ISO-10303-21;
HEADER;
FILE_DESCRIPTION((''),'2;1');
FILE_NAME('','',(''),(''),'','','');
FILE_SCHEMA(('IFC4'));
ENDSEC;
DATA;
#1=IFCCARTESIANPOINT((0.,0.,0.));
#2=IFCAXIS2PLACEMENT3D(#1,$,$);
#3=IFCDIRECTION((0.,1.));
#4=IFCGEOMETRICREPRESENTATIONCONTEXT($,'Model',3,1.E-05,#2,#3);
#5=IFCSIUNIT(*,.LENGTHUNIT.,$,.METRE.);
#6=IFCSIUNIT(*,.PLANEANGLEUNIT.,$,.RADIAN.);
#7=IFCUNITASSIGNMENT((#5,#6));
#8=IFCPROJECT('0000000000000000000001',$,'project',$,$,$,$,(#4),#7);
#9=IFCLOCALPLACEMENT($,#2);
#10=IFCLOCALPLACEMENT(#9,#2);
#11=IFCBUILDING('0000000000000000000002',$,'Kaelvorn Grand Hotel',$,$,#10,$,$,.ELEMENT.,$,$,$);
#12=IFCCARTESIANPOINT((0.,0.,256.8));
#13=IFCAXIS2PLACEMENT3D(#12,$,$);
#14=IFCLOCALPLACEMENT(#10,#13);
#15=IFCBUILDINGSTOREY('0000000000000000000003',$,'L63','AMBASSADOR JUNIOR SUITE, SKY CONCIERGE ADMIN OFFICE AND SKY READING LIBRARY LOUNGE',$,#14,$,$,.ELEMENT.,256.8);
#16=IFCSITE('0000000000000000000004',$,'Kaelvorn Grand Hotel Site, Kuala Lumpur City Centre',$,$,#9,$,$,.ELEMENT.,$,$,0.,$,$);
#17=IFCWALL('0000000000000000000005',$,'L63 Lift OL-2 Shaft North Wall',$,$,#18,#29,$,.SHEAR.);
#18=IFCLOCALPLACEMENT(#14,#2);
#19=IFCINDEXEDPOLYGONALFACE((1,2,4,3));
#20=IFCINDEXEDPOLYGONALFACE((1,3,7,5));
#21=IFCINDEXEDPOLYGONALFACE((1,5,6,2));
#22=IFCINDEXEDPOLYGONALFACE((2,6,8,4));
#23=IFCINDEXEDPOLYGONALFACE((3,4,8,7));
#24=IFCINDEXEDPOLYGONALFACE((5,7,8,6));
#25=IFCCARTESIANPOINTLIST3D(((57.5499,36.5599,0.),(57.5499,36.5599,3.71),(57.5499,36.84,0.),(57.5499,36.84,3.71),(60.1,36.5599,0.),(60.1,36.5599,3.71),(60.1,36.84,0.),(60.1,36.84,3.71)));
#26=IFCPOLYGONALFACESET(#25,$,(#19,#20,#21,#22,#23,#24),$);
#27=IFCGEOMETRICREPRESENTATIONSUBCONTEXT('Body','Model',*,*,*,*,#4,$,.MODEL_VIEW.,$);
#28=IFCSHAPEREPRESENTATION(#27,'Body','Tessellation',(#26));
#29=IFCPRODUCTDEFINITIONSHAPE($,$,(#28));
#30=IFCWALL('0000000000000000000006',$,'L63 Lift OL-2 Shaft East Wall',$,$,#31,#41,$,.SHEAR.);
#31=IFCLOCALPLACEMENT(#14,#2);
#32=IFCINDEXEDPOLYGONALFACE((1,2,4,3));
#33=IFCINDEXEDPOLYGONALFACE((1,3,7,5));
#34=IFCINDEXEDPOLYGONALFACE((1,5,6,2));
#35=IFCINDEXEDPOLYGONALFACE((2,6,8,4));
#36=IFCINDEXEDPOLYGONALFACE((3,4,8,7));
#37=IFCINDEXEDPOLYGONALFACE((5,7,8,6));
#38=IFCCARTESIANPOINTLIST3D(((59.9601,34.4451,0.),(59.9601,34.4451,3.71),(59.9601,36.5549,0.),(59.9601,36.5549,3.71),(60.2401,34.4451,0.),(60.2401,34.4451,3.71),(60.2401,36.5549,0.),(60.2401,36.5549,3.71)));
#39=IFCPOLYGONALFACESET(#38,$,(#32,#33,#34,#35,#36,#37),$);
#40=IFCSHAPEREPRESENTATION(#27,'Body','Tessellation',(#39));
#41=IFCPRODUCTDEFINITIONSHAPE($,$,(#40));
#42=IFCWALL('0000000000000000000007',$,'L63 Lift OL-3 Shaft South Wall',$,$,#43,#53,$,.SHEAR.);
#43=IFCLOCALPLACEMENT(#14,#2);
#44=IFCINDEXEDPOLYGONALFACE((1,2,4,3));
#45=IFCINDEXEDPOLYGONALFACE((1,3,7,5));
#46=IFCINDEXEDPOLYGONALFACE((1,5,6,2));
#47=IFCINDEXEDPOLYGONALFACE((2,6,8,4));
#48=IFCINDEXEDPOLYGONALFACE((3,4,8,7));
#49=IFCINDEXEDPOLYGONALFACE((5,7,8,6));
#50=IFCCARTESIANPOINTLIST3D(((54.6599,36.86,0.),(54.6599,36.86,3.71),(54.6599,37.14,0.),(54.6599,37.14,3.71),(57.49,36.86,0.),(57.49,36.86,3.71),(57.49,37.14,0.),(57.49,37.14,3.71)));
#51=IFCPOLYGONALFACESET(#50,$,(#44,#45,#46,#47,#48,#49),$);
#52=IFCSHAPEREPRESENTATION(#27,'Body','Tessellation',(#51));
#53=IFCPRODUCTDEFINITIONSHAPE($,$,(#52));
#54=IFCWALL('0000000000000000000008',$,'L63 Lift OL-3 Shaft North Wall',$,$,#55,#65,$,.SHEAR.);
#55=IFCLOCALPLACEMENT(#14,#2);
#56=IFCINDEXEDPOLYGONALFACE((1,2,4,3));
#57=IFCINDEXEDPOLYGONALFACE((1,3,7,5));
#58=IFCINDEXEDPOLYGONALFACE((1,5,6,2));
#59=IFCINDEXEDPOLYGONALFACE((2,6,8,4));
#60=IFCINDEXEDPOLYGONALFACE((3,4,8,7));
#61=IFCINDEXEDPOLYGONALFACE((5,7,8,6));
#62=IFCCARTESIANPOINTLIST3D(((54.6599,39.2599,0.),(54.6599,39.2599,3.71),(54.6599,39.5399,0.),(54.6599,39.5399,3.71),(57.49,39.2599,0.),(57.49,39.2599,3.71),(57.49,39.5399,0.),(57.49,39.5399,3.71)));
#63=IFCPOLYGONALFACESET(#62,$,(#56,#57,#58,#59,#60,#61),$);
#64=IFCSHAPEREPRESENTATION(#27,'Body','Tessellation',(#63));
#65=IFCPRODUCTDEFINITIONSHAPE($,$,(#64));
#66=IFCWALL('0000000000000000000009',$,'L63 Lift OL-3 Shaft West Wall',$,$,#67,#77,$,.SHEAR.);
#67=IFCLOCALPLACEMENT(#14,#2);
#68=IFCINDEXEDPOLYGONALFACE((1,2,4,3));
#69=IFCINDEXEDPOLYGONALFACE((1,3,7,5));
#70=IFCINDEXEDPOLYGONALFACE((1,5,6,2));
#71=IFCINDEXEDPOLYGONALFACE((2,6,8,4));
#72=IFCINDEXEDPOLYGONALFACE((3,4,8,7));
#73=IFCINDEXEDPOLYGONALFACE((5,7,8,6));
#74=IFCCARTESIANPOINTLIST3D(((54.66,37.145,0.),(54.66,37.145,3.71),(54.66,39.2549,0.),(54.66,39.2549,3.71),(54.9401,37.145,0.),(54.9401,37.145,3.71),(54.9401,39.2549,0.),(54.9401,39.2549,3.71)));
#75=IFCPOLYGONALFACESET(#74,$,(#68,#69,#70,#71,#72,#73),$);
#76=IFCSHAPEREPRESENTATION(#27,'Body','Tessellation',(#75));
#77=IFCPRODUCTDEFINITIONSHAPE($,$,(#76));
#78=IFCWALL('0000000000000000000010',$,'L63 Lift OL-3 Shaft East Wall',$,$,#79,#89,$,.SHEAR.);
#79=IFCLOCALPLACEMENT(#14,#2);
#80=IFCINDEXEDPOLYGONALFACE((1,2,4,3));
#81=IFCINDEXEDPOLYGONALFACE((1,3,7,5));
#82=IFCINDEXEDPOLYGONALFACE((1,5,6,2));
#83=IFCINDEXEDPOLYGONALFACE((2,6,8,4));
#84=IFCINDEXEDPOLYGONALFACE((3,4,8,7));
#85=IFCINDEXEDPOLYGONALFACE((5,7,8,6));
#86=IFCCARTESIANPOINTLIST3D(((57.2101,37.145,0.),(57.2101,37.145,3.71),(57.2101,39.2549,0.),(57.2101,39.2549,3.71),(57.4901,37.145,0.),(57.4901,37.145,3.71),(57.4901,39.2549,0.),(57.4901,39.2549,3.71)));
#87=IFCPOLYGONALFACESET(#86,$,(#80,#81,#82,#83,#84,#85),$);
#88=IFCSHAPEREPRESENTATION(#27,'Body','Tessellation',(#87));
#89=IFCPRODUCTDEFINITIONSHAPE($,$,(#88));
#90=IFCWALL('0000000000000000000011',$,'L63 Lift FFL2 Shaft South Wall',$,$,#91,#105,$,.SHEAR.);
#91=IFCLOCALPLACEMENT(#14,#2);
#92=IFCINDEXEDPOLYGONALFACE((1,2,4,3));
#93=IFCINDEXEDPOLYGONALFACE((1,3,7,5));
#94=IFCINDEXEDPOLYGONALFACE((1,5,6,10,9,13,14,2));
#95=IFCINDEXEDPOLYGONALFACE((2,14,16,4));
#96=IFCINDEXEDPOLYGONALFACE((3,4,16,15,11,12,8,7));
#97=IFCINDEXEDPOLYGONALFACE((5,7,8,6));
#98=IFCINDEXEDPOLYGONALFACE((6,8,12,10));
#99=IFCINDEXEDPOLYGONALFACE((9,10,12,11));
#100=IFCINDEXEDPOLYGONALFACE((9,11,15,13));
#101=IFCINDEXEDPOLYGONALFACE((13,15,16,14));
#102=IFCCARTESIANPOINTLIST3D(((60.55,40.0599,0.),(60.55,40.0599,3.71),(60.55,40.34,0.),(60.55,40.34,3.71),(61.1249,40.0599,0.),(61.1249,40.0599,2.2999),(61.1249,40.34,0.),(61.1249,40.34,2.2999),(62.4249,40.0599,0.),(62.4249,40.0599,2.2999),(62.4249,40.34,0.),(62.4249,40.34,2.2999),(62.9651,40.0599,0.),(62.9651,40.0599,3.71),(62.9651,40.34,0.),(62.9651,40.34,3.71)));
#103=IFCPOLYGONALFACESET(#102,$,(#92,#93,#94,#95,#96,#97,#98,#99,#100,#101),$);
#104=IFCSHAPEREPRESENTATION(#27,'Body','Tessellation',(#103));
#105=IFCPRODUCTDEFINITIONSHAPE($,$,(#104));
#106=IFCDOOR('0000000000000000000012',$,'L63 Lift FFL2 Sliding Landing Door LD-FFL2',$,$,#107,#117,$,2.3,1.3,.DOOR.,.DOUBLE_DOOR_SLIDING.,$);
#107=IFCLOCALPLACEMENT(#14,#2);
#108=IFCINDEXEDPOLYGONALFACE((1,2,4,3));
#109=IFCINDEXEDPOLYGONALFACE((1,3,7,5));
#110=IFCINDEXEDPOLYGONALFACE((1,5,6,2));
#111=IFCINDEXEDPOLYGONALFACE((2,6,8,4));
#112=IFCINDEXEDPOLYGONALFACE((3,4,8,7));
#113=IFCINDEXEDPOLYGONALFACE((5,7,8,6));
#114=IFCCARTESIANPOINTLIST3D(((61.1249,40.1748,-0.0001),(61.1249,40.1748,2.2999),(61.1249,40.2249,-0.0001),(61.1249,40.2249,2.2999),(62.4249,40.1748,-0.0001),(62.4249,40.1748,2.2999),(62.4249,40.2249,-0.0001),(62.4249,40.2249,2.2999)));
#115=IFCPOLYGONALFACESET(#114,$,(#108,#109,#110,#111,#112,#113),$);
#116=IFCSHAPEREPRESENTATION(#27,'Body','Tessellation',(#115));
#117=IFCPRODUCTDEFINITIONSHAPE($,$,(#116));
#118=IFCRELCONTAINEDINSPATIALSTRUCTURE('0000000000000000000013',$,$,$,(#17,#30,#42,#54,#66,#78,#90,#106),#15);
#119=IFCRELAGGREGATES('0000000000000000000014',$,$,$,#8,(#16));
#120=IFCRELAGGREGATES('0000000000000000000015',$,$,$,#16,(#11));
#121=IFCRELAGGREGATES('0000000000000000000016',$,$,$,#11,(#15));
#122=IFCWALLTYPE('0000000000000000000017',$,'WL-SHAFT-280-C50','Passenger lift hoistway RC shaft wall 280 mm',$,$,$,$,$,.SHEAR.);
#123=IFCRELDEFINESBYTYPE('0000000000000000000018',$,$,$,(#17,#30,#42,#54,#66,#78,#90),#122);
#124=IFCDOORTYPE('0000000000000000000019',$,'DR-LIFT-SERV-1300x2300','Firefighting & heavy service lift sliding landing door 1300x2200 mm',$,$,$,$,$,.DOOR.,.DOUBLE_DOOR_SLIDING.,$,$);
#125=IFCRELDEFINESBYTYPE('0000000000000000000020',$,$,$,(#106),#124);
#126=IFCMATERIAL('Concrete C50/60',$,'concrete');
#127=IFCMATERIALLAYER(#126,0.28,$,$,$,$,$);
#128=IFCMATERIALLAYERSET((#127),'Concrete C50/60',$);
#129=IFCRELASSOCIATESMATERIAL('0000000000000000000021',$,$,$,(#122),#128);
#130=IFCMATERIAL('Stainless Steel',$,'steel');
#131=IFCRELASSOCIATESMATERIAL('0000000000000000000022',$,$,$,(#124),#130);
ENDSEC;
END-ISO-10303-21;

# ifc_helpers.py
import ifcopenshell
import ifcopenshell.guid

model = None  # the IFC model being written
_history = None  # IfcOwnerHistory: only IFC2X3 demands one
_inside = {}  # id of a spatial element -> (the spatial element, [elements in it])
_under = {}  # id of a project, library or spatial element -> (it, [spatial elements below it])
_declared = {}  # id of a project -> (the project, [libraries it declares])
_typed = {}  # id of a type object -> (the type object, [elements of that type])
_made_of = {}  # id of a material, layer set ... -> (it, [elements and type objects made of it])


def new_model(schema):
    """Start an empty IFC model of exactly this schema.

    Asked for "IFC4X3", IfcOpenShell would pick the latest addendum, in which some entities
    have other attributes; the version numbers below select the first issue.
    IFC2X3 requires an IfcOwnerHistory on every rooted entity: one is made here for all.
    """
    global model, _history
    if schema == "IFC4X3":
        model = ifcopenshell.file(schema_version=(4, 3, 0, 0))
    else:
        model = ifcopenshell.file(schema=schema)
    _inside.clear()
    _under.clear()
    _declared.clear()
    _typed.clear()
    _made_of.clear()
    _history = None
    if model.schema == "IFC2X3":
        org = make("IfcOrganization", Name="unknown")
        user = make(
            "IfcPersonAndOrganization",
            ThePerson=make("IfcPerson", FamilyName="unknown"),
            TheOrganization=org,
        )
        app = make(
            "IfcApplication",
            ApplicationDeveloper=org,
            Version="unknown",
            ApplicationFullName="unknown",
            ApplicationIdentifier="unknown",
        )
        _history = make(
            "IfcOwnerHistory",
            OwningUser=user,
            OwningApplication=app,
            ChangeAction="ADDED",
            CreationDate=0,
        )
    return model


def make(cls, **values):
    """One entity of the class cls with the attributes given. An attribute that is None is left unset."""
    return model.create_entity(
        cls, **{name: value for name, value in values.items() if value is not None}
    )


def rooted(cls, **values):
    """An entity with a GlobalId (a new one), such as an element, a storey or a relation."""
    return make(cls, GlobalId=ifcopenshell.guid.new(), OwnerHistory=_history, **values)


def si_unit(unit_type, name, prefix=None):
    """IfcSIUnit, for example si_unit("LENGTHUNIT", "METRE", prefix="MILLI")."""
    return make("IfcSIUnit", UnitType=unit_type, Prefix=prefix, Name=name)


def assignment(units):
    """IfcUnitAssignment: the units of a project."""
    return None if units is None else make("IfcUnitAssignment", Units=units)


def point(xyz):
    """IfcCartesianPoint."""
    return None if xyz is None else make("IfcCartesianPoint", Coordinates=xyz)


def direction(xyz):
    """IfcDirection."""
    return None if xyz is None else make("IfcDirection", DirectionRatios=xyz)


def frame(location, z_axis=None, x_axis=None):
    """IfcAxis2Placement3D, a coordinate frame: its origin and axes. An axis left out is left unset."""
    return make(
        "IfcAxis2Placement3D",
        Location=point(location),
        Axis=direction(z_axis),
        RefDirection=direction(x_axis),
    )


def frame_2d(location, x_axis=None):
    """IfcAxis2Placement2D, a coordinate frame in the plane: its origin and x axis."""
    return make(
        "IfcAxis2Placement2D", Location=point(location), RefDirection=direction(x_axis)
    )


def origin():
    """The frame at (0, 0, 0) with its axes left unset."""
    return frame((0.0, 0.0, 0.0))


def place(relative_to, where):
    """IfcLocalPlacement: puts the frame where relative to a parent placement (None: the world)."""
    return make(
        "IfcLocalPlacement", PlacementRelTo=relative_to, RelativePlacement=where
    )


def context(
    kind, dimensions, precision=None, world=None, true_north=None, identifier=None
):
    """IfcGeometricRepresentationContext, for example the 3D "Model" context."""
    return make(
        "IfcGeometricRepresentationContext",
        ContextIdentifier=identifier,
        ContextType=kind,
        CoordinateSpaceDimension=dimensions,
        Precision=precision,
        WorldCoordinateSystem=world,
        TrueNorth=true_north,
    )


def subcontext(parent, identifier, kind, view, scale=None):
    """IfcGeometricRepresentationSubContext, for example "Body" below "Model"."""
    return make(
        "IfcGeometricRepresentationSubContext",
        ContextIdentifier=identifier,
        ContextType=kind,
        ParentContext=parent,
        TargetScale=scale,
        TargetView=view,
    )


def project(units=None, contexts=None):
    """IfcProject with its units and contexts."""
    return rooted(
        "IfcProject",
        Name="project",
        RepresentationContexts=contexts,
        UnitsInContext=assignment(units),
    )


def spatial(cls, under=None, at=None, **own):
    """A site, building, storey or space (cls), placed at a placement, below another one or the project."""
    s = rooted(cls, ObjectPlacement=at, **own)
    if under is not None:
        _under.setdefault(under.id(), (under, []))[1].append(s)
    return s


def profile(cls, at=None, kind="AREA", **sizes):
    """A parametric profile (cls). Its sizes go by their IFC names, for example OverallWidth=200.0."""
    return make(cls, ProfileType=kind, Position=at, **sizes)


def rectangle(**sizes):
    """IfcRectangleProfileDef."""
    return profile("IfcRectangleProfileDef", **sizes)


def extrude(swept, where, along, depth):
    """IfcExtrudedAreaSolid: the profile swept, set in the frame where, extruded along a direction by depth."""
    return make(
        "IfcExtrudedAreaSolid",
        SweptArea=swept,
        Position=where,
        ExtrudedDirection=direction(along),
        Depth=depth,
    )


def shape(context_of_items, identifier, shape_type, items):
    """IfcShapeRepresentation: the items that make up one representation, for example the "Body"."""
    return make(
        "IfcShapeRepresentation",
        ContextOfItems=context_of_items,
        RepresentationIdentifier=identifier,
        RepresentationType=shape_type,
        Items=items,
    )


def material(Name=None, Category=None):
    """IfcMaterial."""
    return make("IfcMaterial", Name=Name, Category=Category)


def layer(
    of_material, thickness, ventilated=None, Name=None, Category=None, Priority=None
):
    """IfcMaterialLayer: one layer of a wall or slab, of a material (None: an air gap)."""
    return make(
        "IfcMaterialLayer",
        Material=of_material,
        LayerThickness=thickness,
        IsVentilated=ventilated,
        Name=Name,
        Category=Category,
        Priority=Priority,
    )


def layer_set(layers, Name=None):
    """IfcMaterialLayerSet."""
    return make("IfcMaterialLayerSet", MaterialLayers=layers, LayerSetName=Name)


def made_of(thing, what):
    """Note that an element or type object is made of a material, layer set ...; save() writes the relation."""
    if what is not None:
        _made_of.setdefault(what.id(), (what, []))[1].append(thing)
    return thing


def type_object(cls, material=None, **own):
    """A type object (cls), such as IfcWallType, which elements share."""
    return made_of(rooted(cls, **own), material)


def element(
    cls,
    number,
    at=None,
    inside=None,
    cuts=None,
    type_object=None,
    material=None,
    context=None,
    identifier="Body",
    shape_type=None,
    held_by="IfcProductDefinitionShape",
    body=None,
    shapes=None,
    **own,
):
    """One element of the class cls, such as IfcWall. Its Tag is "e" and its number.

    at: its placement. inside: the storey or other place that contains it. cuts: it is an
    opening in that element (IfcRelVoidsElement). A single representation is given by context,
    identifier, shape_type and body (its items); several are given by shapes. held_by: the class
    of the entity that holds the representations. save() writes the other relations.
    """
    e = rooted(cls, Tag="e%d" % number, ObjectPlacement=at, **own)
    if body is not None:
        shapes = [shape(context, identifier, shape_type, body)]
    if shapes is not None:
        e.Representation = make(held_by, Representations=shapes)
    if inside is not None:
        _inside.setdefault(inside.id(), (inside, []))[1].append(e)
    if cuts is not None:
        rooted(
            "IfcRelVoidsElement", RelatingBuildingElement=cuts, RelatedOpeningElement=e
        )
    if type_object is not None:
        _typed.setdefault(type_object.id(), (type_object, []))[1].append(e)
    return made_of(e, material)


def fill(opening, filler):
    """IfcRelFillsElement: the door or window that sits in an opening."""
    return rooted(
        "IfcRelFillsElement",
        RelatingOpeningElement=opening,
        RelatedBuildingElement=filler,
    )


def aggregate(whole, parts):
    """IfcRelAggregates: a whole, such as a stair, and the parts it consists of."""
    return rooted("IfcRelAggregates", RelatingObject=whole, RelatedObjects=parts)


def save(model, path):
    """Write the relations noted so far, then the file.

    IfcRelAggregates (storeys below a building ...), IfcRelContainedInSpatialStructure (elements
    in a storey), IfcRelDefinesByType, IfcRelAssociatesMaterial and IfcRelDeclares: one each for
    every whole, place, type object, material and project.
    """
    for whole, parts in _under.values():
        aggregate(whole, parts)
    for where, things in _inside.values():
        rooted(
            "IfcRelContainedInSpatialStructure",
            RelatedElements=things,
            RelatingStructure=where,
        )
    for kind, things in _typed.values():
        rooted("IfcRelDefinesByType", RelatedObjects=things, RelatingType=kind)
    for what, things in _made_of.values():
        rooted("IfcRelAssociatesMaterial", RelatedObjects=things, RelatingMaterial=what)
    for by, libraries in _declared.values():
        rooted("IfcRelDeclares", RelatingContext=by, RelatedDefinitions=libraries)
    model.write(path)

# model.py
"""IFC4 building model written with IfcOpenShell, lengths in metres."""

from ifc_helpers import new_model, si_unit, direction, frame, frame_2d, origin, place, context, subcontext, project, spatial, rectangle, extrude, material, layer, layer_set, type_object, element, fill, save


model = new_model("IFC4")

# Units and contexts
model_context = context("Model", 3, precision=1e-05, world=origin(), true_north=direction((0.0, 1.0)))
body_context = subcontext(model_context, "Body", "Model", "MODEL_VIEW")
ifc_project = project(units=[si_unit("LENGTHUNIT", "METRE"), si_unit("PLANEANGLEUNIT", "RADIAN")], contexts=[model_context])

# Site, building, storey
site_placement = place(None, origin())
site = spatial("IfcSite", under=ifc_project, at=site_placement, Name="Kaelvorn Grand Hotel Site, Kuala Lumpur City Centre", CompositionType="ELEMENT", RefElevation=0.0)
building_placement = place(site_placement, origin())
building = spatial("IfcBuilding", under=site, at=building_placement, Name="Kaelvorn Grand Hotel", CompositionType="ELEMENT")
storey_placement = place(building_placement, frame((0.0, 0.0, 256.8)))
storey = spatial("IfcBuildingStorey", under=building, at=storey_placement, Name="L63", Description="AMBASSADOR JUNIOR SUITE, SKY CONCIERGE ADMIN OFFICE AND SKY READING LIBRARY LOUNGE", CompositionType="ELEMENT", Elevation=256.8)

# Shared definitions
ifc_material_1 = material(Name="Concrete C50/60", Category="concrete")

# Walls
ifc_layer_1 = layer(ifc_material_1, 0.28)
ifc_layer_set_1 = layer_set([ifc_layer_1], Name="Concrete C50/60")
wall_type_1 = type_object("IfcWallType", Name="WL-SHAFT-280-C50", Description="Passenger lift hoistway RC shaft wall 280 mm", PredefinedType="SHEAR", material=ifc_layer_set_1)
for number, where, z_axis, x_axis, name in (
    (1, (57.55, 36.7, 0.0), (0.0, 0.0, 1.0), (1.0, 0.0, 0.0), "L63 Lift OL-2 Shaft North Wall"),
):
    element("IfcWall", number, at=place(storey_placement, frame(where, z_axis=z_axis, x_axis=x_axis)), inside=storey, type_object=wall_type_1, Name=name, PredefinedType="SHEAR", context=body_context, shape_type="SweptSolid", body=[
        extrude(rectangle(XDim=2.55, YDim=0.28, at=frame_2d((1.2749, 0.0))), origin(), (0.0, 0.0, 1.0), 3.71),
    ])
wall_1_placement = place(storey_placement, frame((60.1001, 34.4451, 0.0), z_axis=(0.0, 0.0, 1.0), x_axis=(0.0, 1.0, 0.0)))
element("IfcWall", 2, at=wall_1_placement, inside=storey, type_object=wall_type_1, Name="L63 Lift OL-2 Shaft East Wall", PredefinedType="SHEAR", context=body_context, shape_type="SweptSolid", body=[
    extrude(rectangle(XDim=2.1099, YDim=0.28, at=frame_2d((1.0549, 0.0))), origin(), (0.0, 0.0, 1.0), 3.71),
])
for number, where, z_axis, x_axis, name in (
    (3, (54.6599, 37.0, 0.0), (0.0, 0.0, 1.0), (1.0, 0.0, 0.0), "L63 Lift OL-3 Shaft South Wall"),
    (4, (54.6599, 39.3999, 0.0), (0.0, 0.0, 1.0), (1.0, 0.0, 0.0), "L63 Lift OL-3 Shaft North Wall"),
):
    element("IfcWall", number, at=place(storey_placement, frame(where, z_axis=z_axis, x_axis=x_axis)), inside=storey, type_object=wall_type_1, Name=name, PredefinedType="SHEAR", context=body_context, shape_type="SweptSolid", body=[
        extrude(rectangle(XDim=2.8301, YDim=0.28, at=frame_2d((1.415, 0.0))), origin(), (0.0, 0.0, 1.0), 3.71),
    ])
for number, where, z_axis, x_axis, name in (
    (5, (54.8, 37.145, 0.0), (0.0, 0.0, 1.0), (0.0, 1.0, 0.0), "L63 Lift OL-3 Shaft West Wall"),
    (6, (57.3501, 37.145, 0.0), (0.0, 0.0, 1.0), (0.0, 1.0, 0.0), "L63 Lift OL-3 Shaft East Wall"),
):
    element("IfcWall", number, at=place(storey_placement, frame(where, z_axis=z_axis, x_axis=x_axis)), inside=storey, type_object=wall_type_1, Name=name, PredefinedType="SHEAR", context=body_context, shape_type="SweptSolid", body=[
        extrude(rectangle(XDim=2.1099, YDim=0.28, at=frame_2d((1.0549, 0.0))), origin(), (0.0, 0.0, 1.0), 3.71),
    ])

# Wall, opening, door
wall_2_placement = place(storey_placement, frame((60.55, 40.2, 0.0), z_axis=(0.0, 0.0, 1.0), x_axis=(1.0, 0.0, 0.0)))
wall_2 = element("IfcWall", 7, at=wall_2_placement, inside=storey, type_object=wall_type_1, Name="L63 Lift FFL2 Shaft South Wall", PredefinedType="SHEAR", context=body_context, shape_type="SweptSolid", body=[
    extrude(rectangle(XDim=2.415, YDim=0.28, at=frame_2d((1.2075, 0.0))), origin(), (0.0, 0.0, 1.0), 3.71),
])
opening_1_placement = place(wall_2_placement, frame((0.575, 0.0, 0.0)))
opening_1 = element("IfcOpeningElement", 8, at=opening_1_placement, cuts=wall_2, PredefinedType="OPENING", context=body_context, shape_type="SweptSolid", body=[
    extrude(rectangle(XDim=1.3, YDim=2.3, at=frame_2d((0.6499, 1.1499))), frame((0.0, 0.1499, 0.0), z_axis=(0.0, -1.0, 0.0), x_axis=(1.0, 0.0, 0.0)), (0.0, 0.0, 1.0), 0.3),
])
ifc_material_2 = material(Name="Stainless Steel", Category="steel")
door_type_1 = type_object("IfcDoorType", Name="DR-LIFT-SERV-1300x2300", Description="Firefighting & heavy service lift sliding landing door 1300x2200 mm", OperationType="DOUBLE_DOOR_SLIDING", PredefinedType="DOOR", material=ifc_material_2)
door_1_placement = place(opening_1_placement, origin())
door_1 = element("IfcDoor", 9, at=door_1_placement, inside=storey, type_object=door_type_1, Name="L63 Lift FFL2 Sliding Landing Door LD-FFL2", OperationType="DOUBLE_DOOR_SLIDING", OverallHeight=2.3, OverallWidth=1.3, PredefinedType="DOOR", context=body_context, shape_type="SweptSolid", body=[
    extrude(rectangle(XDim=1.3, YDim=2.3, at=frame_2d((0.6499, 1.1499))), frame((0.0, 0.0249, 0.0), z_axis=(0.0, -1.0, 0.0), x_axis=(1.0, 0.0, 0.0)), (0.0, 0.0, 1.0), 0.05),
])
fill(opening_1, door_1)

save(model, "model.ifc")
